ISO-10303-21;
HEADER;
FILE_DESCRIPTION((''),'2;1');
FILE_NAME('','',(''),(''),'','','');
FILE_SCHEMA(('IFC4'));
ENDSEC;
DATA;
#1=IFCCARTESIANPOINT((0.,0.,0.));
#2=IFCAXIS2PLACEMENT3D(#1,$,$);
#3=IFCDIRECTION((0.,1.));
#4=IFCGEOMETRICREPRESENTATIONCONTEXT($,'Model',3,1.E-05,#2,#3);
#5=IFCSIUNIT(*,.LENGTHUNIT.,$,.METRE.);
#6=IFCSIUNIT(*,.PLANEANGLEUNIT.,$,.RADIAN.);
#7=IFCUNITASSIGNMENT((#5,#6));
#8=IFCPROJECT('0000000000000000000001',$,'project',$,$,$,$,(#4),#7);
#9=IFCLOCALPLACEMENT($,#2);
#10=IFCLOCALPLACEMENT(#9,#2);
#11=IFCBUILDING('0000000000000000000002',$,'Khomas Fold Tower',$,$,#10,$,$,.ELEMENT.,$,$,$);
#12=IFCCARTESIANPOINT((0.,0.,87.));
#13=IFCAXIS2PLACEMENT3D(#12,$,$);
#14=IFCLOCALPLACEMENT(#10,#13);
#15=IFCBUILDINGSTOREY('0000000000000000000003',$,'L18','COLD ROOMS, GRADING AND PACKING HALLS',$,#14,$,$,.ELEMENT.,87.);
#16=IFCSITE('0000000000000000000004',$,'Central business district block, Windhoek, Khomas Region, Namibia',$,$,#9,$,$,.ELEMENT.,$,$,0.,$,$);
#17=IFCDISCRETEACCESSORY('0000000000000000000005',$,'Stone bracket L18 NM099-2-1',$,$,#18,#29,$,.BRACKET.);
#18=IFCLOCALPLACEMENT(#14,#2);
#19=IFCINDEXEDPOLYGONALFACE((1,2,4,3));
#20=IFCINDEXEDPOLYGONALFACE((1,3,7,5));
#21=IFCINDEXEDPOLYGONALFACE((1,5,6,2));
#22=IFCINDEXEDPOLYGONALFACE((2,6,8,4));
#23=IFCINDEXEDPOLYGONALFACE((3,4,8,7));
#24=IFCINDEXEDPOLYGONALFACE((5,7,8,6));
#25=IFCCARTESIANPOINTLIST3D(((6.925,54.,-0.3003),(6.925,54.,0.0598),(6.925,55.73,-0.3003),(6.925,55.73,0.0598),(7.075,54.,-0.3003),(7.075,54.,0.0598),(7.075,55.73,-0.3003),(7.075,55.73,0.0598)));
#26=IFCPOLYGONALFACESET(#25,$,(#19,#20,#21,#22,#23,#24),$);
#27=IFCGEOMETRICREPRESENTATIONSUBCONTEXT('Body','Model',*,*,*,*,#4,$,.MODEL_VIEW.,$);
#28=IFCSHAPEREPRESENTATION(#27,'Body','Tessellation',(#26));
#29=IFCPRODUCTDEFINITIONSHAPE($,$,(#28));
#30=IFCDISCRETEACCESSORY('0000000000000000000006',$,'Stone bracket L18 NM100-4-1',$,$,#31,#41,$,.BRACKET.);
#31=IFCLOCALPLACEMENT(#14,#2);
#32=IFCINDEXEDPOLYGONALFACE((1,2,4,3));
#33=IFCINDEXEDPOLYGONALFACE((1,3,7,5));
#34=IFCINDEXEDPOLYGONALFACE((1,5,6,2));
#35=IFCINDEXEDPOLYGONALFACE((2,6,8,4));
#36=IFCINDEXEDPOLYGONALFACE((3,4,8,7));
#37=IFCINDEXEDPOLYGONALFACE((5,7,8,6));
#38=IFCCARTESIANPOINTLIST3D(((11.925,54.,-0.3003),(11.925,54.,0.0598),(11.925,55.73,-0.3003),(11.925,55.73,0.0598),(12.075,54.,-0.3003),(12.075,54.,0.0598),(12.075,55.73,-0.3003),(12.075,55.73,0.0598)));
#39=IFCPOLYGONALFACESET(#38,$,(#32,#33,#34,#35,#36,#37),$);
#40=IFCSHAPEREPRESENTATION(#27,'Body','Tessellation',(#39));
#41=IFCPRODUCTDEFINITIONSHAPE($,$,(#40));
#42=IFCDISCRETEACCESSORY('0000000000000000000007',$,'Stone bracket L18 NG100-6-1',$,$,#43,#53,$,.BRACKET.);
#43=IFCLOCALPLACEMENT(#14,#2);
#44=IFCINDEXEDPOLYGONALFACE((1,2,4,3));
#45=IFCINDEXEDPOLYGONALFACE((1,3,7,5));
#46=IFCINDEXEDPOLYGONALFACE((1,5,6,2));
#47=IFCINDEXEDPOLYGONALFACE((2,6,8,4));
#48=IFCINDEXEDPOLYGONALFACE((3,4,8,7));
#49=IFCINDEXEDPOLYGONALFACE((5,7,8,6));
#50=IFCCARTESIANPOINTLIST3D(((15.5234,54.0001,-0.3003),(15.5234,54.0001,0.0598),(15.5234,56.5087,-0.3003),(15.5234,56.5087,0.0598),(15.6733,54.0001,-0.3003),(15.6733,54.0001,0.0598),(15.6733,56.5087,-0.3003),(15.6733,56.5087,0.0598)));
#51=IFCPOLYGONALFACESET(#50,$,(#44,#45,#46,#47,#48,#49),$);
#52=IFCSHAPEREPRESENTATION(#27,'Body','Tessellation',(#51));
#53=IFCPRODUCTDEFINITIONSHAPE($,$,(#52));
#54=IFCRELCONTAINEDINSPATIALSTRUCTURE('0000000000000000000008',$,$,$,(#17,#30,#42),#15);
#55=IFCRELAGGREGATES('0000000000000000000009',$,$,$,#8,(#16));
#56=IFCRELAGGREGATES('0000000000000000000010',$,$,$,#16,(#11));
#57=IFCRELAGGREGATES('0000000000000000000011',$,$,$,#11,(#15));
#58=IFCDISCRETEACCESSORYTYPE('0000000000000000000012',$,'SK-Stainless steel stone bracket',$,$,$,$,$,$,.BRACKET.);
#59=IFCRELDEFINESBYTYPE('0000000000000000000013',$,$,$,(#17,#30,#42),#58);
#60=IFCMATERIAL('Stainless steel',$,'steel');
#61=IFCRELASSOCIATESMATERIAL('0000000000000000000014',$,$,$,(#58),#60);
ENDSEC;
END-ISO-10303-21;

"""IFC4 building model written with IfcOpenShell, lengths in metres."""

from ifc_helpers import new_model, si_unit, direction, frame, origin, origin_2d, place, context, subcontext, project, spatial, rectangle, extrude, source, transform, mapped, material, type_object, element, save


model = new_model("IFC4")

# Units and contexts
model_context = context("Model", 3, precision=1e-05, world=origin(), true_north=direction((0.0, 1.0)))
body_context = subcontext(model_context, "Body", "Model", "MODEL_VIEW")
ifc_project = project(units=[si_unit("LENGTHUNIT", "METRE"), si_unit("PLANEANGLEUNIT", "RADIAN")], contexts=[model_context])

# Site, building, storey
site_placement = place(None, origin())
site = spatial("IfcSite", under=ifc_project, at=site_placement, Name="Central business district block, Windhoek, Khomas Region, Namibia", CompositionType="ELEMENT", RefElevation=0.0)
building_placement = place(site_placement, origin())
building = spatial("IfcBuilding", under=site, at=building_placement, Name="Khomas Fold Tower", CompositionType="ELEMENT")
storey_placement = place(building_placement, frame((0.0, 0.0, 87.0)))
storey = spatial("IfcBuildingStorey", under=building, at=storey_placement, Name="L18", Description="COLD ROOMS, GRADING AND PACKING HALLS", CompositionType="ELEMENT", Elevation=87.0)

# Discrete accessories
ifc_material_1 = material(Name="Stainless steel", Category="steel")
discrete_accessory_type = type_object("IfcDiscreteAccessoryType", Name="SK-Stainless steel stone bracket", PredefinedType="BRACKET", material=ifc_material_1)
shared_shape_1 = source(origin(), body_context, "Body", "SweptSolid", [
    extrude(rectangle(XDim=1.73, YDim=0.1499, at=origin_2d()), origin(), (0.0, 0.0, 1.0), 0.3601),
])
for number, where, z_axis, x_axis, name in (
    (1, (7.0, 54.865, -0.3003), (0.0, 0.0, 1.0), (0.0, 1.0, 0.0), "Stone bracket L18 NM099-2-1"),
    (2, (12.0, 54.865, -0.3003), (0.0, 0.0, 1.0), (0.0, 1.0, 0.0), "Stone bracket L18 NM100-4-1"),
):
    element("IfcDiscreteAccessory", number, at=place(storey_placement, frame(where, z_axis=z_axis, x_axis=x_axis)), inside=storey, type_object=discrete_accessory_type, Name=name, PredefinedType="BRACKET", context=body_context, shape_type="MappedRepresentation", body=[
        mapped(shared_shape_1, transform((0.0, 0.0, 0.0))),
    ])
shared_shape_2 = source(origin(), body_context, "Body", "SweptSolid", [
    extrude(rectangle(XDim=2.5085, YDim=0.1499, at=origin_2d()), origin(), (0.0, 0.0, 1.0), 0.3601),
])
discrete_accessory_1_placement = place(storey_placement, frame((15.5984, 55.2544, -0.3003), z_axis=(0.0, 0.0, 1.0), x_axis=(0.0, 1.0, 0.0)))
element("IfcDiscreteAccessory", 3, at=discrete_accessory_1_placement, inside=storey, type_object=discrete_accessory_type, Name="Stone bracket L18 NG100-6-1", PredefinedType="BRACKET", context=body_context, shape_type="MappedRepresentation", body=[
    mapped(shared_shape_2, transform((0.0, 0.0, 0.0))),
])

save(model, "model.ifc")
